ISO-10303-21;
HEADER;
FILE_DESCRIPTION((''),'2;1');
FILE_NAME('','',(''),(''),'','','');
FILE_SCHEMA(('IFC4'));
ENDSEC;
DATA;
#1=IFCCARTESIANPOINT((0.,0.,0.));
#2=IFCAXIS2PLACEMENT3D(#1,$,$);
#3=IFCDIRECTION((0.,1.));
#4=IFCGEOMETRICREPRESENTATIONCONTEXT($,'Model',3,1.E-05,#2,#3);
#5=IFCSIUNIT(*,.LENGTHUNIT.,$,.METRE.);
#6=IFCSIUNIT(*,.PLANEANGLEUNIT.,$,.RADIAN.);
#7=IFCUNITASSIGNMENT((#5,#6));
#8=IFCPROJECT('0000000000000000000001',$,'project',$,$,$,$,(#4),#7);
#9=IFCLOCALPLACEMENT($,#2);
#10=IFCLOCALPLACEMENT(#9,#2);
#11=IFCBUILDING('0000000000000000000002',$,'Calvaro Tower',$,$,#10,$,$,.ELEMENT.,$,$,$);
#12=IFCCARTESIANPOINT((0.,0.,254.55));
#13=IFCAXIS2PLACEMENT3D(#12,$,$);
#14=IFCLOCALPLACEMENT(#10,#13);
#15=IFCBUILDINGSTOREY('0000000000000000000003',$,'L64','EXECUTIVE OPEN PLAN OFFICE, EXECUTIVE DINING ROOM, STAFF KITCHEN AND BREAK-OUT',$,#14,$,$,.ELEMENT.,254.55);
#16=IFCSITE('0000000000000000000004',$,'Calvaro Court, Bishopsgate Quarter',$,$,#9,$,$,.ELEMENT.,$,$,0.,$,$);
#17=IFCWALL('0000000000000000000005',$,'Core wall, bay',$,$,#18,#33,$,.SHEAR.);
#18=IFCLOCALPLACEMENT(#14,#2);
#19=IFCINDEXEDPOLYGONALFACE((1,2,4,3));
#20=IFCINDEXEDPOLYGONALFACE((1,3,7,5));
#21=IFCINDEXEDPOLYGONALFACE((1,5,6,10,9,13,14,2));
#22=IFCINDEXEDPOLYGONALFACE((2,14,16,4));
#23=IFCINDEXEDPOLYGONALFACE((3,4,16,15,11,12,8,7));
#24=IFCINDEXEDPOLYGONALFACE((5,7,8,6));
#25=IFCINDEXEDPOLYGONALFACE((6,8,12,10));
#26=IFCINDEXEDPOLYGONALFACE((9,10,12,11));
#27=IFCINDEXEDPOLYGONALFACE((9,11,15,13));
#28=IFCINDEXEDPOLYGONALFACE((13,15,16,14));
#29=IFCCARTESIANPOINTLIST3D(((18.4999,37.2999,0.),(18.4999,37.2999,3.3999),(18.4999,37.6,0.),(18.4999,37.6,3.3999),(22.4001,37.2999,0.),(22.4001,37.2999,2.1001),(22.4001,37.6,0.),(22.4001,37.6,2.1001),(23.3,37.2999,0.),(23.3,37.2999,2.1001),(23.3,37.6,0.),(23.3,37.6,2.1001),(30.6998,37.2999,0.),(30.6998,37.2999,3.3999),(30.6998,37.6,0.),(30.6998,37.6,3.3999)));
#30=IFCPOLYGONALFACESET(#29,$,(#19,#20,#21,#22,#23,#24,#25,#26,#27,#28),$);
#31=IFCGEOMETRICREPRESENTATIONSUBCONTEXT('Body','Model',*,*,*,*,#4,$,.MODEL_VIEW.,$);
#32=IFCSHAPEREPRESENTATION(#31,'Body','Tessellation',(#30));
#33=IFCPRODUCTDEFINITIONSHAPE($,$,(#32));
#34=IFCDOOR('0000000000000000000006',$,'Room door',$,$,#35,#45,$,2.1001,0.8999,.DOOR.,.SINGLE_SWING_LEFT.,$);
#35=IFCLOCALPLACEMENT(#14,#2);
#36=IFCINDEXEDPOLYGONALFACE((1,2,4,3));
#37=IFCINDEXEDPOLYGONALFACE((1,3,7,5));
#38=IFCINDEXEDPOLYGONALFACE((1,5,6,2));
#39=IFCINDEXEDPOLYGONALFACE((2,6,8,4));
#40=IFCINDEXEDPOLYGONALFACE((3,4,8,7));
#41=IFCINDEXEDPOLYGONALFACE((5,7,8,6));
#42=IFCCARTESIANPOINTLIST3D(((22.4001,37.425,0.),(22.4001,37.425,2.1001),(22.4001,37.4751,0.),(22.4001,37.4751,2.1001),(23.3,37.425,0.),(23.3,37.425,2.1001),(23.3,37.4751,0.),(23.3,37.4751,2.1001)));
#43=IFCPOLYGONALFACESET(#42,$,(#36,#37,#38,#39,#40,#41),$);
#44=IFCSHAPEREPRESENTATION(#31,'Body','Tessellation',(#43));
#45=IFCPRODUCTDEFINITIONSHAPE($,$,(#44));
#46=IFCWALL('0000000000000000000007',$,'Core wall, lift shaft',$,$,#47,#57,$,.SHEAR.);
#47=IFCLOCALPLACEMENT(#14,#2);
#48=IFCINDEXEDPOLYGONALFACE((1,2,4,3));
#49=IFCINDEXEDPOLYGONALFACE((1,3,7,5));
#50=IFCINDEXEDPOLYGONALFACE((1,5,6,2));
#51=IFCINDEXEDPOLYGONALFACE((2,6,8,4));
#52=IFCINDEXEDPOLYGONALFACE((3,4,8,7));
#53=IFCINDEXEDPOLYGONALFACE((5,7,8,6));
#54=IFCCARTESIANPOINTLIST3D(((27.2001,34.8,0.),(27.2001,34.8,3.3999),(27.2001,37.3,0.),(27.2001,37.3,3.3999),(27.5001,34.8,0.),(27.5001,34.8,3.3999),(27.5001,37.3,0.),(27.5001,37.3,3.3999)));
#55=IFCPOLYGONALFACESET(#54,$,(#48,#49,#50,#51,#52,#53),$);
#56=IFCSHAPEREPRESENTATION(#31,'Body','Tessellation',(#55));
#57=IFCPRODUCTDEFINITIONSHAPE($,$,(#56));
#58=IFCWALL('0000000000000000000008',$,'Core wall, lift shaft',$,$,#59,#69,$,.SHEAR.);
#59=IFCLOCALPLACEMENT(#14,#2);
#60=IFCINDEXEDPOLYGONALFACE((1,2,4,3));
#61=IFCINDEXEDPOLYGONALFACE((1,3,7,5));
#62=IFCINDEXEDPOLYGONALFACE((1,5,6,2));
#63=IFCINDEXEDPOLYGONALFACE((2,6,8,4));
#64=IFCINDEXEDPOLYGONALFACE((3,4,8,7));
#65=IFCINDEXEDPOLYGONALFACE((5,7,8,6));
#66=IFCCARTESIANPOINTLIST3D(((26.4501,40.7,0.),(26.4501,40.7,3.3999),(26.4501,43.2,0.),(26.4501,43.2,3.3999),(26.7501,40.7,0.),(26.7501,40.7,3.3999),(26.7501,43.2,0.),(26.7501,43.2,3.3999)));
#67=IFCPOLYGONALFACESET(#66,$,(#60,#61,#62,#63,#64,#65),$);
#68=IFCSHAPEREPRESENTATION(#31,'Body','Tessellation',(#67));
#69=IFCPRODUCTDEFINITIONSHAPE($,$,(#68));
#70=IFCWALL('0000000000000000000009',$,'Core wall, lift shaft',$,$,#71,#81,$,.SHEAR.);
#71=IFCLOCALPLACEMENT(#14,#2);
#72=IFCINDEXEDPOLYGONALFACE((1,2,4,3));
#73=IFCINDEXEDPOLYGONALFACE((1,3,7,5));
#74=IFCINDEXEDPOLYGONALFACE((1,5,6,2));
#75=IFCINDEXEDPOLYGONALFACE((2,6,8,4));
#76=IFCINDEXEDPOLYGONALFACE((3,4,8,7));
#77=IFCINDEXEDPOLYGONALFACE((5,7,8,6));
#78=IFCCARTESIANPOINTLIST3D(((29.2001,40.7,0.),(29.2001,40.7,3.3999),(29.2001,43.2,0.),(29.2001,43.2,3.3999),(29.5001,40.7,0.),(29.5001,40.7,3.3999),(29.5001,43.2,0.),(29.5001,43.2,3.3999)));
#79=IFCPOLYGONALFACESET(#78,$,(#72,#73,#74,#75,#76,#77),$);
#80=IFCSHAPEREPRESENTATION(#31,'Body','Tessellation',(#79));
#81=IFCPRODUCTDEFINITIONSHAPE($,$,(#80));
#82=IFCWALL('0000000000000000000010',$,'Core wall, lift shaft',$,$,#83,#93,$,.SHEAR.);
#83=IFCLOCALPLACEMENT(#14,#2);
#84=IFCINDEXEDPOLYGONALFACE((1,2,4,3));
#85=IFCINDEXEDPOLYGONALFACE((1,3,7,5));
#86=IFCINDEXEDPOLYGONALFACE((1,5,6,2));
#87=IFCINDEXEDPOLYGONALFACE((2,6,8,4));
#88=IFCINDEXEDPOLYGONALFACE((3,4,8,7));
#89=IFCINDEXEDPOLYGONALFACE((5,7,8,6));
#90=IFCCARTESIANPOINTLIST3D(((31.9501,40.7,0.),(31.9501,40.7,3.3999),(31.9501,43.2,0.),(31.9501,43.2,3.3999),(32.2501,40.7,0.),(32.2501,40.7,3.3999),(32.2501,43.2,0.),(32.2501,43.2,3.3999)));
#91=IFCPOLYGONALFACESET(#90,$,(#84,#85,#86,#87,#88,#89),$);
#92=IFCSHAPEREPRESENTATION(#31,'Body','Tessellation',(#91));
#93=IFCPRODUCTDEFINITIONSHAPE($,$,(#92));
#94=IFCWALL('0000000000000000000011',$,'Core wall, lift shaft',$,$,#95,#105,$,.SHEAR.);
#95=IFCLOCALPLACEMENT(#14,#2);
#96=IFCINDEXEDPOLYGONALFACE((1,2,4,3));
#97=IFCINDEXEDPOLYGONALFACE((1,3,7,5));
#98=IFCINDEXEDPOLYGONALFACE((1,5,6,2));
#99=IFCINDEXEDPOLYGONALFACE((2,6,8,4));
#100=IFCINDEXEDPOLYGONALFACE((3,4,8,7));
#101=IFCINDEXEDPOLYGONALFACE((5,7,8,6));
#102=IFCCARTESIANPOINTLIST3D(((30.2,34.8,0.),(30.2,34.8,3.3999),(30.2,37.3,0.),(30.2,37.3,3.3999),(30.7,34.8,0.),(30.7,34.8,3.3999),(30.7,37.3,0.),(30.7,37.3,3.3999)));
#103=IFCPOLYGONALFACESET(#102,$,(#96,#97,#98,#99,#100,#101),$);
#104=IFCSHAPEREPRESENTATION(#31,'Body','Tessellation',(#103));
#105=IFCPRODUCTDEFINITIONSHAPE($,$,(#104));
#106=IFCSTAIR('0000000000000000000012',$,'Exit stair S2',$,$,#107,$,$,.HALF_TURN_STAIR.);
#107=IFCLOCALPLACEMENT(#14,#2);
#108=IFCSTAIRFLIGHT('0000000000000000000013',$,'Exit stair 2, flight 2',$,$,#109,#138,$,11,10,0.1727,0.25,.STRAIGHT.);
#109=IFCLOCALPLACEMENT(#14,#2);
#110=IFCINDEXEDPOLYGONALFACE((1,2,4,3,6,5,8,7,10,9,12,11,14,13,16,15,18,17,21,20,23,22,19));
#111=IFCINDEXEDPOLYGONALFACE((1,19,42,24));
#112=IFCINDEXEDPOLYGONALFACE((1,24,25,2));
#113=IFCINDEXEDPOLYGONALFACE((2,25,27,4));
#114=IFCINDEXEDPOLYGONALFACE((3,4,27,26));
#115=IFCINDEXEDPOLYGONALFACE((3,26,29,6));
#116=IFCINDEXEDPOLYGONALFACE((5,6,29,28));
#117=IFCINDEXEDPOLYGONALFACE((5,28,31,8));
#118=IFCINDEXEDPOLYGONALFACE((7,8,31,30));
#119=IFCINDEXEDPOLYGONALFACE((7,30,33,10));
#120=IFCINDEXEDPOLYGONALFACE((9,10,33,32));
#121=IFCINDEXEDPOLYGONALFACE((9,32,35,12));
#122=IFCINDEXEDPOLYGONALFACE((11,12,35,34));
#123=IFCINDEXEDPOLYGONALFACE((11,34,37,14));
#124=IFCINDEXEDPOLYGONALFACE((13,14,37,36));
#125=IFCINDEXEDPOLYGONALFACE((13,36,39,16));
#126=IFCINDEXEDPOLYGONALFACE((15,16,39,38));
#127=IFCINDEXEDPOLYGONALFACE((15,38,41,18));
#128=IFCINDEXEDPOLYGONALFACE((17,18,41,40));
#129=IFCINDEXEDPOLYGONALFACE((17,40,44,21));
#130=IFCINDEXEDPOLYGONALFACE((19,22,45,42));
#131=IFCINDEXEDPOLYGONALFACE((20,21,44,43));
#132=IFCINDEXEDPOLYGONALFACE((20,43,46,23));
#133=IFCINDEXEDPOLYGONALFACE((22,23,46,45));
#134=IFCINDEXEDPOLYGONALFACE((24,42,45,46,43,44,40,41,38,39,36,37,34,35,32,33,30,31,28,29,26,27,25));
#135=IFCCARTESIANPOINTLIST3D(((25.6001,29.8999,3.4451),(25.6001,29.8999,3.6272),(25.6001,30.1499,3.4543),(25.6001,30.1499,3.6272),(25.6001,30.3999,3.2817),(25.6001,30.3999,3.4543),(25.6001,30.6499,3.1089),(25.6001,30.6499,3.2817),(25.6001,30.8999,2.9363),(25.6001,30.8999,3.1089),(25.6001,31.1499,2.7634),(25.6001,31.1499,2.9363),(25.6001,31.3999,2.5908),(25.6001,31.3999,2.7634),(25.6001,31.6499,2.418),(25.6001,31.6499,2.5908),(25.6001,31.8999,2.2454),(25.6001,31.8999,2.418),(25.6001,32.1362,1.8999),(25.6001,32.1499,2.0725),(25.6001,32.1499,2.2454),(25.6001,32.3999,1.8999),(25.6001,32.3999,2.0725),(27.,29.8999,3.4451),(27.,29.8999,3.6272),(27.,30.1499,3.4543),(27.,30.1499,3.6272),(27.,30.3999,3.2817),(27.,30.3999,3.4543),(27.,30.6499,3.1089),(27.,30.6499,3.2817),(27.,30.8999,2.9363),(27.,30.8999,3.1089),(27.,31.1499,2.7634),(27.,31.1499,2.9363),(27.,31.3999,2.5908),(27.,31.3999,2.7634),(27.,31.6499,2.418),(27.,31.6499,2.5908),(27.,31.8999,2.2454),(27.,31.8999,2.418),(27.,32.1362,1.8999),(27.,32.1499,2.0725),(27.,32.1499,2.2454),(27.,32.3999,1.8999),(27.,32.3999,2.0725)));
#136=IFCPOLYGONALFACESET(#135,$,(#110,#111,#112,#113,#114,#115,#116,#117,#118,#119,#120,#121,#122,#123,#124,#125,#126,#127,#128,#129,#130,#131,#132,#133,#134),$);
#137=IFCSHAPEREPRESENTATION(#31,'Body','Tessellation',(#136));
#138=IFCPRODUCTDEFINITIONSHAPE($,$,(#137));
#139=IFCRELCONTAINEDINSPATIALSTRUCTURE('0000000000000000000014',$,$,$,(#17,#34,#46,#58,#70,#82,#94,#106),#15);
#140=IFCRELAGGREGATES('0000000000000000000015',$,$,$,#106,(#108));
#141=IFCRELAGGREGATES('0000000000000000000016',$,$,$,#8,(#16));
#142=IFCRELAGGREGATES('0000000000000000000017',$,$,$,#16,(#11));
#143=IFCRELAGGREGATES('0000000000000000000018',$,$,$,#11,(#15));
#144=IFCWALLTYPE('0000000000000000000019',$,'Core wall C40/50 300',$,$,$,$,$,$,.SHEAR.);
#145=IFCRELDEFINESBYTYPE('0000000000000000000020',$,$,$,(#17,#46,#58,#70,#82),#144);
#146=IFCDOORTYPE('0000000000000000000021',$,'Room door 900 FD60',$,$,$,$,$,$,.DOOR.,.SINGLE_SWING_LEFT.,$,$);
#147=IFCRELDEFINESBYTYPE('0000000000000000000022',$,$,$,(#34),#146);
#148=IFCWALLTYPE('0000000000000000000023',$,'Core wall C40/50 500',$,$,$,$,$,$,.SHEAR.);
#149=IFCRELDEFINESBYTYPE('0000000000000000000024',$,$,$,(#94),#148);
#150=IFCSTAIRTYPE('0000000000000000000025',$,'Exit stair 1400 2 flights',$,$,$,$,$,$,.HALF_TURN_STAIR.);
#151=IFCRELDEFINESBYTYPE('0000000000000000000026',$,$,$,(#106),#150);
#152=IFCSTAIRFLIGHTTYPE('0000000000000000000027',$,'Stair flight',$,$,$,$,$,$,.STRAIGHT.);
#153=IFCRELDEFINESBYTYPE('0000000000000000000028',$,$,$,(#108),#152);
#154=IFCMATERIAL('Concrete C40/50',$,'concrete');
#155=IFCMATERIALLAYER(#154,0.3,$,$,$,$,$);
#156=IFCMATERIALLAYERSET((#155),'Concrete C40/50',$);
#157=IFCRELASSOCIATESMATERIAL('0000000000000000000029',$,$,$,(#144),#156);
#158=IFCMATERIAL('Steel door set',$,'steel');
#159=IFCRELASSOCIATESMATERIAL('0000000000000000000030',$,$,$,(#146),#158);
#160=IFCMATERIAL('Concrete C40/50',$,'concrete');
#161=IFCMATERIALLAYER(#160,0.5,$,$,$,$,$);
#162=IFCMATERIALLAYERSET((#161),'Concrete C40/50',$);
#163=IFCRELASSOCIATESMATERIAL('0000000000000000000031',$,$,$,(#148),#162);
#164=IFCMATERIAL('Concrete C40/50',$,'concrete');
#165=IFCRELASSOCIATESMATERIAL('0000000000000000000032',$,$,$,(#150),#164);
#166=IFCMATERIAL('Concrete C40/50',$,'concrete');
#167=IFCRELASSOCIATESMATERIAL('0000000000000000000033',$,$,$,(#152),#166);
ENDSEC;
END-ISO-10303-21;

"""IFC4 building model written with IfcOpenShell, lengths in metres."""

from ifc_helpers import new_model, si_unit, direction, frame, frame_2d, origin, place, context, subcontext, project, spatial, polyline, rectangle, outline, extrude, material, layer, layer_set, type_object, element, fill, aggregate, save


model = new_model("IFC4")

# Units and contexts
model_context = context("Model", 3, precision=1e-05, world=origin(), true_north=direction((0.0, 1.0)))
body_context = subcontext(model_context, "Body", "Model", "MODEL_VIEW")
ifc_project = project(units=[si_unit("LENGTHUNIT", "METRE"), si_unit("PLANEANGLEUNIT", "RADIAN")], contexts=[model_context])

# Site, building, storey
site_placement = place(None, origin())
site = spatial("IfcSite", under=ifc_project, at=site_placement, Name="Calvaro Court, Bishopsgate Quarter", CompositionType="ELEMENT", RefElevation=0.0)
building_placement = place(site_placement, origin())
building = spatial("IfcBuilding", under=site, at=building_placement, Name="Calvaro Tower", CompositionType="ELEMENT")
storey_placement = place(building_placement, frame((0.0, 0.0, 254.55)))
storey = spatial("IfcBuildingStorey", under=building, at=storey_placement, Name="L64", Description="EXECUTIVE OPEN PLAN OFFICE, EXECUTIVE DINING ROOM, STAFF KITCHEN AND BREAK-OUT", CompositionType="ELEMENT", Elevation=254.55)

# Wall, opening, door
ifc_material_1 = material(Name="Concrete C40/50", Category="concrete")
ifc_layer_1 = layer(ifc_material_1, 0.3)
ifc_layer_set_1 = layer_set([ifc_layer_1], Name="Concrete C40/50")
wall_type_1 = type_object("IfcWallType", Name="Core wall C40/50 300", PredefinedType="SHEAR", material=ifc_layer_set_1)
wall_1_placement = place(storey_placement, frame((30.7, 37.45, 0.0), z_axis=(0.0, 0.0, 1.0), x_axis=(-1.0, 0.0, 0.0)))
wall_1 = element("IfcWall", 1, at=wall_1_placement, inside=storey, type_object=wall_type_1, Name="Core wall, bay", PredefinedType="SHEAR", context=body_context, shape_type="SweptSolid", body=[
    extrude(rectangle(XDim=12.2, YDim=0.3, at=frame_2d((6.1001, 0.0))), origin(), (0.0, 0.0, 1.0), 3.3999),
])
opening_placement = place(wall_1_placement, frame((7.3999, 0.0, 0.0)))
opening = element("IfcOpeningElement", 2, at=opening_placement, cuts=wall_1, PredefinedType="OPENING", context=body_context, shape_type="SweptSolid", body=[
    extrude(rectangle(XDim=0.8999, YDim=2.1001, at=frame_2d((0.45, 1.05))), frame((0.0, 0.1599, 0.0), z_axis=(0.0, -1.0, 0.0), x_axis=(1.0, 0.0, 0.0)), (0.0, 0.0, 1.0), 0.3201),
])
ifc_material_2 = material(Name="Steel door set", Category="steel")
door_type = type_object("IfcDoorType", Name="Room door 900 FD60", OperationType="SINGLE_SWING_LEFT", PredefinedType="DOOR", material=ifc_material_2)
door_placement = place(opening_placement, origin())
door = element("IfcDoor", 3, at=door_placement, inside=storey, type_object=door_type, Name="Room door", OperationType="SINGLE_SWING_LEFT", OverallHeight=2.1001, OverallWidth=0.8999, PredefinedType="DOOR", context=body_context, shape_type="SweptSolid", body=[
    extrude(rectangle(XDim=0.8999, YDim=2.1001, at=frame_2d((0.45, 1.05))), frame((0.0, 0.0249, 0.0), z_axis=(0.0, -1.0, 0.0), x_axis=(1.0, 0.0, 0.0)), (0.0, 0.0, 1.0), 0.05),
])
fill(opening, door)

# Walls
for number, where, z_axis, x_axis, name in (
    (4, (27.3501, 34.8, 0.0), (0.0, 0.0, 1.0), (0.0, 1.0, 0.0), "Core wall, lift shaft"),
    (5, (26.6001, 40.7, 0.0), (0.0, 0.0, 1.0), (0.0, 1.0, 0.0), "Core wall, lift shaft"),
    (6, (29.3501, 40.7, 0.0), (0.0, 0.0, 1.0), (0.0, 1.0, 0.0), "Core wall, lift shaft"),
    (7, (32.1001, 40.7, 0.0), (0.0, 0.0, 1.0), (0.0, 1.0, 0.0), "Core wall, lift shaft"),
):
    element("IfcWall", number, at=place(storey_placement, frame(where, z_axis=z_axis, x_axis=x_axis)), inside=storey, type_object=wall_type_1, Name=name, PredefinedType="SHEAR", context=body_context, shape_type="SweptSolid", body=[
        extrude(rectangle(XDim=2.5, YDim=0.3, at=frame_2d((1.25, 0.0))), origin(), (0.0, 0.0, 1.0), 3.3999),
    ])
ifc_material_3 = material(Name="Concrete C40/50", Category="concrete")
ifc_layer_2 = layer(ifc_material_3, 0.5)
ifc_layer_set_2 = layer_set([ifc_layer_2], Name="Concrete C40/50")
wall_type_2 = type_object("IfcWallType", Name="Core wall C40/50 500", PredefinedType="SHEAR", material=ifc_layer_set_2)
wall_2_placement = place(storey_placement, frame((30.45, 34.8, 0.0), z_axis=(0.0, 0.0, 1.0), x_axis=(0.0, 1.0, 0.0)))
element("IfcWall", 8, at=wall_2_placement, inside=storey, type_object=wall_type_2, Name="Core wall, lift shaft", PredefinedType="SHEAR", context=body_context, shape_type="SweptSolid", body=[
    extrude(rectangle(XDim=2.5, YDim=0.5, at=frame_2d((1.25, 0.0))), origin(), (0.0, 0.0, 1.0), 3.3999),
])

# Stair, stair flight
ifc_material_4 = material(Name="Concrete C40/50", Category="concrete")
stair_type = type_object("IfcStairType", Name="Exit stair 1400 2 flights", PredefinedType="HALF_TURN_STAIR", material=ifc_material_4)
stair_placement = place(storey_placement, origin())
stair = element("IfcStair", 9, at=stair_placement, inside=storey, type_object=stair_type, Name="Exit stair S2", PredefinedType="HALF_TURN_STAIR")
ifc_material_5 = material(Name="Concrete C40/50", Category="concrete")
stair_flight_type = type_object("IfcStairFlightType", Name="Stair flight", PredefinedType="STRAIGHT", material=ifc_material_5)
stair_flight_placement = place(storey_placement, frame((26.3, 32.3999, 1.8999), z_axis=(0.0, 0.0, 1.0), x_axis=(0.0, -1.0, 0.0)))
stair_flight = element("IfcStairFlight", 10, at=stair_flight_placement, type_object=stair_flight_type, Name="Exit stair 2, flight 2", NumberOfRisers=11, NumberOfTreads=10, PredefinedType="STRAIGHT", RiserHeight=0.1727, TreadLength=0.25, context=body_context, shape_type="SweptSolid", body=[
    extrude(outline(polyline([(0.0, 0.0), (0.0, 0.1726), (0.25, 0.1726), (0.25, 0.3455), (0.5, 0.3455), (0.5, 0.5181), (0.75, 0.5181), (0.75, 0.6909), (1.0, 0.6909), (1.0, 0.8635), (1.25, 0.8635), (1.25, 1.0364), (1.5, 1.0364), (1.5, 1.209), (1.75, 1.209), (1.75, 1.3818), (2.0, 1.3818), (2.0, 1.5544), (2.25, 1.5544), (2.25, 1.7273), (2.5, 1.7273), (2.5, 1.8999), (2.5, 1.5452), (0.2637, 0.0), (0.0, 0.0)])), frame((0.0, 0.7, 0.0), z_axis=(0.0, -1.0, 0.0), x_axis=(1.0, 0.0, 0.0)), (0.0, 0.0, 1.0), 1.3999),
])
aggregate(stair, [stair_flight])

save(model, "model.ifc")
